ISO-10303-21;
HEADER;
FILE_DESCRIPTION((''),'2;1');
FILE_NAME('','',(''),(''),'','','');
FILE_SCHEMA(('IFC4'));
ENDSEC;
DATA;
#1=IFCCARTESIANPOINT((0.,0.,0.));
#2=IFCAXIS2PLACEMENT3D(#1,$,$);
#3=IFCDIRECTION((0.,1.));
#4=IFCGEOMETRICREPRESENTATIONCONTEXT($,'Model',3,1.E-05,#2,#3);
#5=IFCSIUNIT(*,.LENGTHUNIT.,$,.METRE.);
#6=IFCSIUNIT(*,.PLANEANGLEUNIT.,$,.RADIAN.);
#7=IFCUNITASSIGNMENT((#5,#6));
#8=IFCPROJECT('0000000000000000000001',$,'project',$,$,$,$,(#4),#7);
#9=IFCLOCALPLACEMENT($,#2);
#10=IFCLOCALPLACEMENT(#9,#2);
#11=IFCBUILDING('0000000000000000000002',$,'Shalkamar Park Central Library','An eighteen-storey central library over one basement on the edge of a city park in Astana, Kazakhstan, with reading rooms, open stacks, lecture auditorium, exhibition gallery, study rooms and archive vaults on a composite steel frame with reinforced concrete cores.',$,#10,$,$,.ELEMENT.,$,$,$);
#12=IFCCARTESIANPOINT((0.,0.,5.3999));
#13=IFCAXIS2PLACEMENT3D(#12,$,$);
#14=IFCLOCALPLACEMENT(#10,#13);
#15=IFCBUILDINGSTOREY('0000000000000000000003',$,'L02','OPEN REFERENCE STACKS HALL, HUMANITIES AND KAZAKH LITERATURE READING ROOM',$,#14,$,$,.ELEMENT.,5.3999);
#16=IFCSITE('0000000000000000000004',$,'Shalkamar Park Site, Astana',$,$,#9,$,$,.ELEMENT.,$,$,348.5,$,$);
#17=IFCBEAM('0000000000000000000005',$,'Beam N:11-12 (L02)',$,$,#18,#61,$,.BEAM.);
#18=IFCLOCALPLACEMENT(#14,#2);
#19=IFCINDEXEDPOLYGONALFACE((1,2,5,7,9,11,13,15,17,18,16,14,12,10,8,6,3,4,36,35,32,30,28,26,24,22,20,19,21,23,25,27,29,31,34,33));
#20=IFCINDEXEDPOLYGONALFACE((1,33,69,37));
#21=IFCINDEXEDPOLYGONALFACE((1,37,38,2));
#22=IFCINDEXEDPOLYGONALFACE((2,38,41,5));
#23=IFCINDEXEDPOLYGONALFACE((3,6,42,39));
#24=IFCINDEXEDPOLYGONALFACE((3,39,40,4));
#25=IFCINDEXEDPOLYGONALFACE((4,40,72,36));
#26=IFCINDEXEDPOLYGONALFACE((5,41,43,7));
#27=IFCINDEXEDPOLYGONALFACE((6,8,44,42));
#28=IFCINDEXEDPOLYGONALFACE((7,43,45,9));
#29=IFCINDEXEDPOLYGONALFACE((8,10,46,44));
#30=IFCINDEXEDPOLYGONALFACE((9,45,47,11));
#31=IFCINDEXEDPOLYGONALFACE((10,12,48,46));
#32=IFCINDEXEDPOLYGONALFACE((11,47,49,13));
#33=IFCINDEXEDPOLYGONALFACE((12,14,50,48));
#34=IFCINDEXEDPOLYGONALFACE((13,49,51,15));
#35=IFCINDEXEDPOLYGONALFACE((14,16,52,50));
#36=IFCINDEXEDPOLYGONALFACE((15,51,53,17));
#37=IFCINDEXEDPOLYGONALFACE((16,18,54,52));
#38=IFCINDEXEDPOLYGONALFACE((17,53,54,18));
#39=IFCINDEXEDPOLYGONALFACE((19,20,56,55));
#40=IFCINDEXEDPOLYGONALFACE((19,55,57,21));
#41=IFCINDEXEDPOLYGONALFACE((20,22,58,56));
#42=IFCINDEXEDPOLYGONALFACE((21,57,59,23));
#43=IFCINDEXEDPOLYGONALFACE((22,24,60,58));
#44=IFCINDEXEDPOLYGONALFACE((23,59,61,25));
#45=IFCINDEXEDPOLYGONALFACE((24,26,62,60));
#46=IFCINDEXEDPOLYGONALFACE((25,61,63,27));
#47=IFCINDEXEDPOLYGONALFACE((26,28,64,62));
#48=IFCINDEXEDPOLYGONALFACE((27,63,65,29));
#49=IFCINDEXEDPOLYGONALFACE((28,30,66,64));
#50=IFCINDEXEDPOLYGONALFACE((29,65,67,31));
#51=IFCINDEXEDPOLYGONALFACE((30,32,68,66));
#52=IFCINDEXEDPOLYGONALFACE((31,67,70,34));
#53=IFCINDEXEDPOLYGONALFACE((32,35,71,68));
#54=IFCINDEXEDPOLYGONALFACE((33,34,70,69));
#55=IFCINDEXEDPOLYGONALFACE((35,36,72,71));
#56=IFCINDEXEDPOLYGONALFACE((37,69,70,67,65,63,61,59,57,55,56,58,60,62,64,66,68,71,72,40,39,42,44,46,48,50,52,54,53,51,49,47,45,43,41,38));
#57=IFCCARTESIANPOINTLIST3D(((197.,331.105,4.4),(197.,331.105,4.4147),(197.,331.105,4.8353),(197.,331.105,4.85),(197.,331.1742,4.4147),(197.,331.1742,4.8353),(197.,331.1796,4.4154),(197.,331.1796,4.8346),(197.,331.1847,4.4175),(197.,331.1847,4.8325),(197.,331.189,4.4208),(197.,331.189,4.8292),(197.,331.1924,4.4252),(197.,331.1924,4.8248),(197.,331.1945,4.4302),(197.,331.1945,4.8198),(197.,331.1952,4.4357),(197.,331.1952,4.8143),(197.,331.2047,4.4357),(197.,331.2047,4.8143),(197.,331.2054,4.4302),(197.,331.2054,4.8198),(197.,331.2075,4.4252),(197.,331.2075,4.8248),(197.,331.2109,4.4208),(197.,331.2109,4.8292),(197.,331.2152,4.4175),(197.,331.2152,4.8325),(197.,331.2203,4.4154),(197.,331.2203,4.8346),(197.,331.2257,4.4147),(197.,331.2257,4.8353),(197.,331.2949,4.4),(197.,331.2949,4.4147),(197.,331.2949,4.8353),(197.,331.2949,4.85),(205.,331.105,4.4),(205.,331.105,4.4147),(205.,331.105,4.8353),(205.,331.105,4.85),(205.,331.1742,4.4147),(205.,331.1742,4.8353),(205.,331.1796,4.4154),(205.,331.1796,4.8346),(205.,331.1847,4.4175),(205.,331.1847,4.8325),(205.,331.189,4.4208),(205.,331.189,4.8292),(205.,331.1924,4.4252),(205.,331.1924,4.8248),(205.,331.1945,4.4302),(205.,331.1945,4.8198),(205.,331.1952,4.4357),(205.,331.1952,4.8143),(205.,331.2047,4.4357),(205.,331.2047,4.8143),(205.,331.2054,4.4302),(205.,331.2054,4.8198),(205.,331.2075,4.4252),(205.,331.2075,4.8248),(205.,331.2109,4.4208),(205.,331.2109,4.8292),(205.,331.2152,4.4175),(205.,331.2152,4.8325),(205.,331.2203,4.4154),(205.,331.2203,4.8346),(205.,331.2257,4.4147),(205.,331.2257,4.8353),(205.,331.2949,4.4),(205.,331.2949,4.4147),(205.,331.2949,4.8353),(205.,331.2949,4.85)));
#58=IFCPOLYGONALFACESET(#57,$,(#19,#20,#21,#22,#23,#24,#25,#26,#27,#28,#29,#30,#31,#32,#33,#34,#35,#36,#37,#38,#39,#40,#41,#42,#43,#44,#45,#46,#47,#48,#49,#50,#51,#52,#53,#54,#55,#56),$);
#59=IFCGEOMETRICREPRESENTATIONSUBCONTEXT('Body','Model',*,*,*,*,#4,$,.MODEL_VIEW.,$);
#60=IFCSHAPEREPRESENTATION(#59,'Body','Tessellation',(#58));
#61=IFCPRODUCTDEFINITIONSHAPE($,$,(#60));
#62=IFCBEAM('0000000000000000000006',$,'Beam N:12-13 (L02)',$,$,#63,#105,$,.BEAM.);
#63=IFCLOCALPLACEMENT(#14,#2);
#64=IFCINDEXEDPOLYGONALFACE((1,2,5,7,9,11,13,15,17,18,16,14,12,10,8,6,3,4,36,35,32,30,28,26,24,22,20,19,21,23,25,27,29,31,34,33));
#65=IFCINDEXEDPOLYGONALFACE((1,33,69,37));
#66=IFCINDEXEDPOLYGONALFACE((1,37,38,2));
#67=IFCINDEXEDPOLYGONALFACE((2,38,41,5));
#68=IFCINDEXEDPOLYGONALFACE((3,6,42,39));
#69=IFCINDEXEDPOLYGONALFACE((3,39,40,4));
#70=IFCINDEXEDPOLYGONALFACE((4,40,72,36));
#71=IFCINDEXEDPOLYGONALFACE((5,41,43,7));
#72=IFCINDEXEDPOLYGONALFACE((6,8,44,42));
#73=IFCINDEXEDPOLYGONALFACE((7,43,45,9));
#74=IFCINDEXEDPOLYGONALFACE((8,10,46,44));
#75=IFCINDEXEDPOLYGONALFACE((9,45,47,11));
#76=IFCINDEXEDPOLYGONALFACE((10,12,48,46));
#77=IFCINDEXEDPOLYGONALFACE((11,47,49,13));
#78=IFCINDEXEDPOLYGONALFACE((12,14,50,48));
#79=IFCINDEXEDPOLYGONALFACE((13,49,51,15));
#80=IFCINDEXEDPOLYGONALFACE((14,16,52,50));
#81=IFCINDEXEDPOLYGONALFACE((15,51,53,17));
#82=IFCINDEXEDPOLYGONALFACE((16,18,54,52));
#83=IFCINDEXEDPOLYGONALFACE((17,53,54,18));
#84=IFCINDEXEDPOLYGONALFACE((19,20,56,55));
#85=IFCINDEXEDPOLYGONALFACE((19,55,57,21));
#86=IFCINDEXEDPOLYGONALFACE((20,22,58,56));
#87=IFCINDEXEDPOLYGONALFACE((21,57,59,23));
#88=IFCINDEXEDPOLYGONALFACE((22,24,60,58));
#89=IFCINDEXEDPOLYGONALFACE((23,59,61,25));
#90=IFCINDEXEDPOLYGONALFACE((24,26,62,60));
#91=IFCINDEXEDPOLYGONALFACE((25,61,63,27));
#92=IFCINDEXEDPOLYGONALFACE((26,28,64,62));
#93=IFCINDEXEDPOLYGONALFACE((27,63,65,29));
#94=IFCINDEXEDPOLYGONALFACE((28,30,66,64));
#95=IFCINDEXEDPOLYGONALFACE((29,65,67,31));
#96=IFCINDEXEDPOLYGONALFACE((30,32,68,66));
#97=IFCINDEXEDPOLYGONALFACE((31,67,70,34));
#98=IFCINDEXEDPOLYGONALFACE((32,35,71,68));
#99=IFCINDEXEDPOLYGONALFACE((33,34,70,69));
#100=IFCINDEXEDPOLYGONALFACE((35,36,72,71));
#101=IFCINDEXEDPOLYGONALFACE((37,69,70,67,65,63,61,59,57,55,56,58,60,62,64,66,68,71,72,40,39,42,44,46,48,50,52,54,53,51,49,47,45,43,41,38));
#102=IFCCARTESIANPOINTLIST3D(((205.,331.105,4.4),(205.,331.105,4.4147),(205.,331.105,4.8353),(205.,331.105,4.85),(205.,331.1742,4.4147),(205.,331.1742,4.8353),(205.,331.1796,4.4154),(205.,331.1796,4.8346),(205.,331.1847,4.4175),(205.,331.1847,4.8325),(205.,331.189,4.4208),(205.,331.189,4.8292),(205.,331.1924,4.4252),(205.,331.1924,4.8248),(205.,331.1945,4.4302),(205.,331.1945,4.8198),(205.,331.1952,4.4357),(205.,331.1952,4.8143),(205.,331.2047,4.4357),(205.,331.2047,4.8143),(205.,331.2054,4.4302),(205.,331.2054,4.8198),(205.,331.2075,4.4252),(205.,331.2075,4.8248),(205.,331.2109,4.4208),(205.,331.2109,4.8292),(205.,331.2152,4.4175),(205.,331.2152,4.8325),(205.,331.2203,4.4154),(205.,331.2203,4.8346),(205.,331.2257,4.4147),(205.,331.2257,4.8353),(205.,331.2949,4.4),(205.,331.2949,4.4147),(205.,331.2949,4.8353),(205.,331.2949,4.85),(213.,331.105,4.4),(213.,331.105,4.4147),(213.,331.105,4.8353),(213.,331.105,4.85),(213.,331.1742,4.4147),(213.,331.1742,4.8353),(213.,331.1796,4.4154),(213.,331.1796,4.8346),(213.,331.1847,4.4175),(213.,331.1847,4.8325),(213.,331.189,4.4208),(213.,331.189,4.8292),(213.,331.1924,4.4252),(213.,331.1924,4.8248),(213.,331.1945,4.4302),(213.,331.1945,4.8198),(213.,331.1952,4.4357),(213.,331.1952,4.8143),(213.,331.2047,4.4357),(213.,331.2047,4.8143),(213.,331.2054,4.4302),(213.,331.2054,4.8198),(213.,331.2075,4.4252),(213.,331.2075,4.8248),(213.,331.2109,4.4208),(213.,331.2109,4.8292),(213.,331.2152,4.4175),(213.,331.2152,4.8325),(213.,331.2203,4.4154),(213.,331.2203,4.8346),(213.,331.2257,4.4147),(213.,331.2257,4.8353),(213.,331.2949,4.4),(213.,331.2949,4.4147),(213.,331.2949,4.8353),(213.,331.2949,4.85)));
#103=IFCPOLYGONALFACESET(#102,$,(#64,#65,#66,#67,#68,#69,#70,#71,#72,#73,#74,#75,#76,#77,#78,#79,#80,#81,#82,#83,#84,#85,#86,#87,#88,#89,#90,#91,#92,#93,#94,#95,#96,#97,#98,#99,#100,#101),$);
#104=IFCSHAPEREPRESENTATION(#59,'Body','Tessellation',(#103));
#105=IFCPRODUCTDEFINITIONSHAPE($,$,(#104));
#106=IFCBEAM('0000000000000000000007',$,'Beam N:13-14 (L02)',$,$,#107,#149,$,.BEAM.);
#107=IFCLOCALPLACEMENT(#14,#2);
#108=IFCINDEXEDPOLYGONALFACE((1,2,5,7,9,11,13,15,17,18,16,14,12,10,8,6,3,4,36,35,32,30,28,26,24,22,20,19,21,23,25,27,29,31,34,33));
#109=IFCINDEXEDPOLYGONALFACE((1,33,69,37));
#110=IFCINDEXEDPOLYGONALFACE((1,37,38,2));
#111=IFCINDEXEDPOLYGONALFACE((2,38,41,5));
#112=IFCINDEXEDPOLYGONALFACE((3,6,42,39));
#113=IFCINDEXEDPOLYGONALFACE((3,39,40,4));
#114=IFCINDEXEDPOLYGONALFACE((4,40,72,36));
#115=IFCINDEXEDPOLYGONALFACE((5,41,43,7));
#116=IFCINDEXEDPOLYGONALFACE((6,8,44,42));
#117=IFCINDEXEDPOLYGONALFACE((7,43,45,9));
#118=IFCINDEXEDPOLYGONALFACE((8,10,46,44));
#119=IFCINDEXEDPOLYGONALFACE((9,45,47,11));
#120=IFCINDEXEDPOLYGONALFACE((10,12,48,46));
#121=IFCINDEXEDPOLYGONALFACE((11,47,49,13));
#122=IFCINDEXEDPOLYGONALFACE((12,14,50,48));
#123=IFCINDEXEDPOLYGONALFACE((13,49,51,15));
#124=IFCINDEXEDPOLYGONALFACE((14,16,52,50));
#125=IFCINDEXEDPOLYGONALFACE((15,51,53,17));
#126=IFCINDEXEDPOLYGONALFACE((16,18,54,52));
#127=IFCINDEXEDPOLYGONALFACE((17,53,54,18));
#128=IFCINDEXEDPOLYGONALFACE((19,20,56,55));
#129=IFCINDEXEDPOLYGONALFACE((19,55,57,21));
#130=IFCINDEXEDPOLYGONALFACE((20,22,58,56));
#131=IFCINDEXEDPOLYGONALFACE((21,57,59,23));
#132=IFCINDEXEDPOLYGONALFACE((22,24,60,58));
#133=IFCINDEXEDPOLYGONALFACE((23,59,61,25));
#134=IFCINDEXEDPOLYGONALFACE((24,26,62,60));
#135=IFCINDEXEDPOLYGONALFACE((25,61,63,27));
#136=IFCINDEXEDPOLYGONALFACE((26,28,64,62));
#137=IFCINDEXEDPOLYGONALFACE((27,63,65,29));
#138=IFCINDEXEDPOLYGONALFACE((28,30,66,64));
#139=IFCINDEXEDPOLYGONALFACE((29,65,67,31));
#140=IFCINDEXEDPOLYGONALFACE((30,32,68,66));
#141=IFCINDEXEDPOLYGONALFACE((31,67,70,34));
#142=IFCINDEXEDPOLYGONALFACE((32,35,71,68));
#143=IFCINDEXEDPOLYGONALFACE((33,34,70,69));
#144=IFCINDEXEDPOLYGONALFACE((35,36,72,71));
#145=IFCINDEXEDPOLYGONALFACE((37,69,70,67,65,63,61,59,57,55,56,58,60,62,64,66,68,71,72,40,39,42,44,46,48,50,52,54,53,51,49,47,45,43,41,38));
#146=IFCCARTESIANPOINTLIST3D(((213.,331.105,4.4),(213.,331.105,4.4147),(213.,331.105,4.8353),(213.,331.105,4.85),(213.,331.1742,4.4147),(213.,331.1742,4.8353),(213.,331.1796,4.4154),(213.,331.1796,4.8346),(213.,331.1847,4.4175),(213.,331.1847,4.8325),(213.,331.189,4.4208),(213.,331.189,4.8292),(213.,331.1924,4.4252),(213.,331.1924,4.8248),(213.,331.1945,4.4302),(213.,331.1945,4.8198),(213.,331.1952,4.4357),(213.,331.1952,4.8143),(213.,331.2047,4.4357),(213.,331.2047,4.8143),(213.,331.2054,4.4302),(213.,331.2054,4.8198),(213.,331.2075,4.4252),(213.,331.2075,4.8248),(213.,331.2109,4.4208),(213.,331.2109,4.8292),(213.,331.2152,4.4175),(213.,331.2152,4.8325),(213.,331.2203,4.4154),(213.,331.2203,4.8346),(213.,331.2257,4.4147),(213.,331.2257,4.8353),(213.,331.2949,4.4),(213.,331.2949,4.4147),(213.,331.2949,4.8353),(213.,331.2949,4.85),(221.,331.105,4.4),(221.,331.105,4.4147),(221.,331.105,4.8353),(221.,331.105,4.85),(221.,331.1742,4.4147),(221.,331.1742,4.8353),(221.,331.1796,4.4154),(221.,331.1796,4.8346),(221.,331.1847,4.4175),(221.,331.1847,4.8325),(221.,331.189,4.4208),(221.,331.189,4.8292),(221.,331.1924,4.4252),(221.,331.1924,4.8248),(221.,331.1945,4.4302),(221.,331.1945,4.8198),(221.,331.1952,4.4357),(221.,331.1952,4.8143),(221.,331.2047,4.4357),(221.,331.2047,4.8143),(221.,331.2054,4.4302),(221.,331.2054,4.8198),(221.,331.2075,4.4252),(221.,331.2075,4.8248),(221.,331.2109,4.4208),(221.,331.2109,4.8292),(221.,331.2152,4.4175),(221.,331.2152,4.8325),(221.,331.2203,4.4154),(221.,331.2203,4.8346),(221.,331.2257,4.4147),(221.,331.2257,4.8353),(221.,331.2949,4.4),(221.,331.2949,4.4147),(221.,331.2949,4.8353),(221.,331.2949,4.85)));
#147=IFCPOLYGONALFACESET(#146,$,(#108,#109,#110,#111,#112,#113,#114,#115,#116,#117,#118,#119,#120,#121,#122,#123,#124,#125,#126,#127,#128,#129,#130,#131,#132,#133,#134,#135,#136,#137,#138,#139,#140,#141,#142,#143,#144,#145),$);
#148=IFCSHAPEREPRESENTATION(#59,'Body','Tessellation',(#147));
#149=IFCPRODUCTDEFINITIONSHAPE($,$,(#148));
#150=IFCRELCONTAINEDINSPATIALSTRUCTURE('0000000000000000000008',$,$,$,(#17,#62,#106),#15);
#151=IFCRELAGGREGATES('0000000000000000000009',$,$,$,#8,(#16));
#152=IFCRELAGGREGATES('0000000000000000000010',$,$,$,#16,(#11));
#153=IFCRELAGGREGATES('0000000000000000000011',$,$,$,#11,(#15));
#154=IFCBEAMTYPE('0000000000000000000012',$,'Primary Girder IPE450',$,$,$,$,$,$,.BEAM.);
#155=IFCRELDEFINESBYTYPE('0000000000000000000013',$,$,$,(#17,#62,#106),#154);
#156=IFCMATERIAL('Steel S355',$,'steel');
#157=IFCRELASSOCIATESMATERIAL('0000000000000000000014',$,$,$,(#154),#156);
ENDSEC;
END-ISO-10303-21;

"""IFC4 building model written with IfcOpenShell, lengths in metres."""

from ifc_helpers import new_model, si_unit, direction, frame, origin, origin_2d, place, context, subcontext, project, spatial, i_section, extrude, material, material_profile, profile_set, type_object, element, save


model = new_model("IFC4")

# Units and contexts
model_context = context("Model", 3, precision=1e-05, world=origin(), true_north=direction((0.0, 1.0)))
body_context = subcontext(model_context, "Body", "Model", "MODEL_VIEW")
ifc_project = project(units=[si_unit("LENGTHUNIT", "METRE"), si_unit("PLANEANGLEUNIT", "RADIAN")], contexts=[model_context])

# Site, building, storey
site_placement = place(None, origin())
site = spatial("IfcSite", under=ifc_project, at=site_placement, Name="Shalkamar Park Site, Astana", CompositionType="ELEMENT", RefElevation=348.5)
building_placement = place(site_placement, origin())
building = spatial("IfcBuilding", under=site, at=building_placement, Name="Shalkamar Park Central Library", Description="An eighteen-storey central library over one basement on the edge of a city park in Astana, Kazakhstan, with reading rooms, open stacks, lecture auditorium, exhibition gallery, study rooms and archive vaults on a composite steel frame with reinforced concrete cores.", CompositionType="ELEMENT")
storey_placement = place(building_placement, frame((0.0, 0.0, 5.3999)))
storey = spatial("IfcBuildingStorey", under=building, at=storey_placement, Name="L02", Description="OPEN REFERENCE STACKS HALL, HUMANITIES AND KAZAKH LITERATURE READING ROOM", CompositionType="ELEMENT", Elevation=5.3999)

# Shared definitions
ifc_material = material(Name="Steel S355", Category="steel")

# Beams
ifc_material_profile_1 = material_profile(ifc_material, i_section(OverallWidth=0.1899, OverallDepth=0.45, WebThickness=0.0095, FlangeThickness=0.0146, FilletRadius=0.021, at=origin_2d()), Name="IPE 450")
ifc_profile_set_1 = profile_set([ifc_material_profile_1], Name="Steel S355")
beam_type_1 = type_object("IfcBeamType", Name="Primary Girder IPE450", PredefinedType="BEAM", material=ifc_profile_set_1)
for number, where, z_axis, x_axis, name in (
    (1, (197.0, 331.2, 4.625), (1.0, 0.0, 0.0), (0.0, 1.0, 0.0), "Beam N:11-12 (L02)"),
    (2, (205.0, 331.2, 4.625), (1.0, 0.0, 0.0), (0.0, 1.0, 0.0), "Beam N:12-13 (L02)"),
    (3, (213.0, 331.2, 4.625), (1.0, 0.0, 0.0), (0.0, 1.0, 0.0), "Beam N:13-14 (L02)"),
):
    element("IfcBeam", number, at=place(storey_placement, frame(where, z_axis=z_axis, x_axis=x_axis)), inside=storey, type_object=beam_type_1, Name=name, PredefinedType="BEAM", context=body_context, shape_type="SweptSolid", body=[
        extrude(i_section(OverallWidth=0.1899, OverallDepth=0.45, WebThickness=0.0095, FlangeThickness=0.0146, FilletRadius=0.021, at=origin_2d()), origin(), (0.0, 0.0, 1.0), 8.0),
    ])

save(model, "model.ifc")
